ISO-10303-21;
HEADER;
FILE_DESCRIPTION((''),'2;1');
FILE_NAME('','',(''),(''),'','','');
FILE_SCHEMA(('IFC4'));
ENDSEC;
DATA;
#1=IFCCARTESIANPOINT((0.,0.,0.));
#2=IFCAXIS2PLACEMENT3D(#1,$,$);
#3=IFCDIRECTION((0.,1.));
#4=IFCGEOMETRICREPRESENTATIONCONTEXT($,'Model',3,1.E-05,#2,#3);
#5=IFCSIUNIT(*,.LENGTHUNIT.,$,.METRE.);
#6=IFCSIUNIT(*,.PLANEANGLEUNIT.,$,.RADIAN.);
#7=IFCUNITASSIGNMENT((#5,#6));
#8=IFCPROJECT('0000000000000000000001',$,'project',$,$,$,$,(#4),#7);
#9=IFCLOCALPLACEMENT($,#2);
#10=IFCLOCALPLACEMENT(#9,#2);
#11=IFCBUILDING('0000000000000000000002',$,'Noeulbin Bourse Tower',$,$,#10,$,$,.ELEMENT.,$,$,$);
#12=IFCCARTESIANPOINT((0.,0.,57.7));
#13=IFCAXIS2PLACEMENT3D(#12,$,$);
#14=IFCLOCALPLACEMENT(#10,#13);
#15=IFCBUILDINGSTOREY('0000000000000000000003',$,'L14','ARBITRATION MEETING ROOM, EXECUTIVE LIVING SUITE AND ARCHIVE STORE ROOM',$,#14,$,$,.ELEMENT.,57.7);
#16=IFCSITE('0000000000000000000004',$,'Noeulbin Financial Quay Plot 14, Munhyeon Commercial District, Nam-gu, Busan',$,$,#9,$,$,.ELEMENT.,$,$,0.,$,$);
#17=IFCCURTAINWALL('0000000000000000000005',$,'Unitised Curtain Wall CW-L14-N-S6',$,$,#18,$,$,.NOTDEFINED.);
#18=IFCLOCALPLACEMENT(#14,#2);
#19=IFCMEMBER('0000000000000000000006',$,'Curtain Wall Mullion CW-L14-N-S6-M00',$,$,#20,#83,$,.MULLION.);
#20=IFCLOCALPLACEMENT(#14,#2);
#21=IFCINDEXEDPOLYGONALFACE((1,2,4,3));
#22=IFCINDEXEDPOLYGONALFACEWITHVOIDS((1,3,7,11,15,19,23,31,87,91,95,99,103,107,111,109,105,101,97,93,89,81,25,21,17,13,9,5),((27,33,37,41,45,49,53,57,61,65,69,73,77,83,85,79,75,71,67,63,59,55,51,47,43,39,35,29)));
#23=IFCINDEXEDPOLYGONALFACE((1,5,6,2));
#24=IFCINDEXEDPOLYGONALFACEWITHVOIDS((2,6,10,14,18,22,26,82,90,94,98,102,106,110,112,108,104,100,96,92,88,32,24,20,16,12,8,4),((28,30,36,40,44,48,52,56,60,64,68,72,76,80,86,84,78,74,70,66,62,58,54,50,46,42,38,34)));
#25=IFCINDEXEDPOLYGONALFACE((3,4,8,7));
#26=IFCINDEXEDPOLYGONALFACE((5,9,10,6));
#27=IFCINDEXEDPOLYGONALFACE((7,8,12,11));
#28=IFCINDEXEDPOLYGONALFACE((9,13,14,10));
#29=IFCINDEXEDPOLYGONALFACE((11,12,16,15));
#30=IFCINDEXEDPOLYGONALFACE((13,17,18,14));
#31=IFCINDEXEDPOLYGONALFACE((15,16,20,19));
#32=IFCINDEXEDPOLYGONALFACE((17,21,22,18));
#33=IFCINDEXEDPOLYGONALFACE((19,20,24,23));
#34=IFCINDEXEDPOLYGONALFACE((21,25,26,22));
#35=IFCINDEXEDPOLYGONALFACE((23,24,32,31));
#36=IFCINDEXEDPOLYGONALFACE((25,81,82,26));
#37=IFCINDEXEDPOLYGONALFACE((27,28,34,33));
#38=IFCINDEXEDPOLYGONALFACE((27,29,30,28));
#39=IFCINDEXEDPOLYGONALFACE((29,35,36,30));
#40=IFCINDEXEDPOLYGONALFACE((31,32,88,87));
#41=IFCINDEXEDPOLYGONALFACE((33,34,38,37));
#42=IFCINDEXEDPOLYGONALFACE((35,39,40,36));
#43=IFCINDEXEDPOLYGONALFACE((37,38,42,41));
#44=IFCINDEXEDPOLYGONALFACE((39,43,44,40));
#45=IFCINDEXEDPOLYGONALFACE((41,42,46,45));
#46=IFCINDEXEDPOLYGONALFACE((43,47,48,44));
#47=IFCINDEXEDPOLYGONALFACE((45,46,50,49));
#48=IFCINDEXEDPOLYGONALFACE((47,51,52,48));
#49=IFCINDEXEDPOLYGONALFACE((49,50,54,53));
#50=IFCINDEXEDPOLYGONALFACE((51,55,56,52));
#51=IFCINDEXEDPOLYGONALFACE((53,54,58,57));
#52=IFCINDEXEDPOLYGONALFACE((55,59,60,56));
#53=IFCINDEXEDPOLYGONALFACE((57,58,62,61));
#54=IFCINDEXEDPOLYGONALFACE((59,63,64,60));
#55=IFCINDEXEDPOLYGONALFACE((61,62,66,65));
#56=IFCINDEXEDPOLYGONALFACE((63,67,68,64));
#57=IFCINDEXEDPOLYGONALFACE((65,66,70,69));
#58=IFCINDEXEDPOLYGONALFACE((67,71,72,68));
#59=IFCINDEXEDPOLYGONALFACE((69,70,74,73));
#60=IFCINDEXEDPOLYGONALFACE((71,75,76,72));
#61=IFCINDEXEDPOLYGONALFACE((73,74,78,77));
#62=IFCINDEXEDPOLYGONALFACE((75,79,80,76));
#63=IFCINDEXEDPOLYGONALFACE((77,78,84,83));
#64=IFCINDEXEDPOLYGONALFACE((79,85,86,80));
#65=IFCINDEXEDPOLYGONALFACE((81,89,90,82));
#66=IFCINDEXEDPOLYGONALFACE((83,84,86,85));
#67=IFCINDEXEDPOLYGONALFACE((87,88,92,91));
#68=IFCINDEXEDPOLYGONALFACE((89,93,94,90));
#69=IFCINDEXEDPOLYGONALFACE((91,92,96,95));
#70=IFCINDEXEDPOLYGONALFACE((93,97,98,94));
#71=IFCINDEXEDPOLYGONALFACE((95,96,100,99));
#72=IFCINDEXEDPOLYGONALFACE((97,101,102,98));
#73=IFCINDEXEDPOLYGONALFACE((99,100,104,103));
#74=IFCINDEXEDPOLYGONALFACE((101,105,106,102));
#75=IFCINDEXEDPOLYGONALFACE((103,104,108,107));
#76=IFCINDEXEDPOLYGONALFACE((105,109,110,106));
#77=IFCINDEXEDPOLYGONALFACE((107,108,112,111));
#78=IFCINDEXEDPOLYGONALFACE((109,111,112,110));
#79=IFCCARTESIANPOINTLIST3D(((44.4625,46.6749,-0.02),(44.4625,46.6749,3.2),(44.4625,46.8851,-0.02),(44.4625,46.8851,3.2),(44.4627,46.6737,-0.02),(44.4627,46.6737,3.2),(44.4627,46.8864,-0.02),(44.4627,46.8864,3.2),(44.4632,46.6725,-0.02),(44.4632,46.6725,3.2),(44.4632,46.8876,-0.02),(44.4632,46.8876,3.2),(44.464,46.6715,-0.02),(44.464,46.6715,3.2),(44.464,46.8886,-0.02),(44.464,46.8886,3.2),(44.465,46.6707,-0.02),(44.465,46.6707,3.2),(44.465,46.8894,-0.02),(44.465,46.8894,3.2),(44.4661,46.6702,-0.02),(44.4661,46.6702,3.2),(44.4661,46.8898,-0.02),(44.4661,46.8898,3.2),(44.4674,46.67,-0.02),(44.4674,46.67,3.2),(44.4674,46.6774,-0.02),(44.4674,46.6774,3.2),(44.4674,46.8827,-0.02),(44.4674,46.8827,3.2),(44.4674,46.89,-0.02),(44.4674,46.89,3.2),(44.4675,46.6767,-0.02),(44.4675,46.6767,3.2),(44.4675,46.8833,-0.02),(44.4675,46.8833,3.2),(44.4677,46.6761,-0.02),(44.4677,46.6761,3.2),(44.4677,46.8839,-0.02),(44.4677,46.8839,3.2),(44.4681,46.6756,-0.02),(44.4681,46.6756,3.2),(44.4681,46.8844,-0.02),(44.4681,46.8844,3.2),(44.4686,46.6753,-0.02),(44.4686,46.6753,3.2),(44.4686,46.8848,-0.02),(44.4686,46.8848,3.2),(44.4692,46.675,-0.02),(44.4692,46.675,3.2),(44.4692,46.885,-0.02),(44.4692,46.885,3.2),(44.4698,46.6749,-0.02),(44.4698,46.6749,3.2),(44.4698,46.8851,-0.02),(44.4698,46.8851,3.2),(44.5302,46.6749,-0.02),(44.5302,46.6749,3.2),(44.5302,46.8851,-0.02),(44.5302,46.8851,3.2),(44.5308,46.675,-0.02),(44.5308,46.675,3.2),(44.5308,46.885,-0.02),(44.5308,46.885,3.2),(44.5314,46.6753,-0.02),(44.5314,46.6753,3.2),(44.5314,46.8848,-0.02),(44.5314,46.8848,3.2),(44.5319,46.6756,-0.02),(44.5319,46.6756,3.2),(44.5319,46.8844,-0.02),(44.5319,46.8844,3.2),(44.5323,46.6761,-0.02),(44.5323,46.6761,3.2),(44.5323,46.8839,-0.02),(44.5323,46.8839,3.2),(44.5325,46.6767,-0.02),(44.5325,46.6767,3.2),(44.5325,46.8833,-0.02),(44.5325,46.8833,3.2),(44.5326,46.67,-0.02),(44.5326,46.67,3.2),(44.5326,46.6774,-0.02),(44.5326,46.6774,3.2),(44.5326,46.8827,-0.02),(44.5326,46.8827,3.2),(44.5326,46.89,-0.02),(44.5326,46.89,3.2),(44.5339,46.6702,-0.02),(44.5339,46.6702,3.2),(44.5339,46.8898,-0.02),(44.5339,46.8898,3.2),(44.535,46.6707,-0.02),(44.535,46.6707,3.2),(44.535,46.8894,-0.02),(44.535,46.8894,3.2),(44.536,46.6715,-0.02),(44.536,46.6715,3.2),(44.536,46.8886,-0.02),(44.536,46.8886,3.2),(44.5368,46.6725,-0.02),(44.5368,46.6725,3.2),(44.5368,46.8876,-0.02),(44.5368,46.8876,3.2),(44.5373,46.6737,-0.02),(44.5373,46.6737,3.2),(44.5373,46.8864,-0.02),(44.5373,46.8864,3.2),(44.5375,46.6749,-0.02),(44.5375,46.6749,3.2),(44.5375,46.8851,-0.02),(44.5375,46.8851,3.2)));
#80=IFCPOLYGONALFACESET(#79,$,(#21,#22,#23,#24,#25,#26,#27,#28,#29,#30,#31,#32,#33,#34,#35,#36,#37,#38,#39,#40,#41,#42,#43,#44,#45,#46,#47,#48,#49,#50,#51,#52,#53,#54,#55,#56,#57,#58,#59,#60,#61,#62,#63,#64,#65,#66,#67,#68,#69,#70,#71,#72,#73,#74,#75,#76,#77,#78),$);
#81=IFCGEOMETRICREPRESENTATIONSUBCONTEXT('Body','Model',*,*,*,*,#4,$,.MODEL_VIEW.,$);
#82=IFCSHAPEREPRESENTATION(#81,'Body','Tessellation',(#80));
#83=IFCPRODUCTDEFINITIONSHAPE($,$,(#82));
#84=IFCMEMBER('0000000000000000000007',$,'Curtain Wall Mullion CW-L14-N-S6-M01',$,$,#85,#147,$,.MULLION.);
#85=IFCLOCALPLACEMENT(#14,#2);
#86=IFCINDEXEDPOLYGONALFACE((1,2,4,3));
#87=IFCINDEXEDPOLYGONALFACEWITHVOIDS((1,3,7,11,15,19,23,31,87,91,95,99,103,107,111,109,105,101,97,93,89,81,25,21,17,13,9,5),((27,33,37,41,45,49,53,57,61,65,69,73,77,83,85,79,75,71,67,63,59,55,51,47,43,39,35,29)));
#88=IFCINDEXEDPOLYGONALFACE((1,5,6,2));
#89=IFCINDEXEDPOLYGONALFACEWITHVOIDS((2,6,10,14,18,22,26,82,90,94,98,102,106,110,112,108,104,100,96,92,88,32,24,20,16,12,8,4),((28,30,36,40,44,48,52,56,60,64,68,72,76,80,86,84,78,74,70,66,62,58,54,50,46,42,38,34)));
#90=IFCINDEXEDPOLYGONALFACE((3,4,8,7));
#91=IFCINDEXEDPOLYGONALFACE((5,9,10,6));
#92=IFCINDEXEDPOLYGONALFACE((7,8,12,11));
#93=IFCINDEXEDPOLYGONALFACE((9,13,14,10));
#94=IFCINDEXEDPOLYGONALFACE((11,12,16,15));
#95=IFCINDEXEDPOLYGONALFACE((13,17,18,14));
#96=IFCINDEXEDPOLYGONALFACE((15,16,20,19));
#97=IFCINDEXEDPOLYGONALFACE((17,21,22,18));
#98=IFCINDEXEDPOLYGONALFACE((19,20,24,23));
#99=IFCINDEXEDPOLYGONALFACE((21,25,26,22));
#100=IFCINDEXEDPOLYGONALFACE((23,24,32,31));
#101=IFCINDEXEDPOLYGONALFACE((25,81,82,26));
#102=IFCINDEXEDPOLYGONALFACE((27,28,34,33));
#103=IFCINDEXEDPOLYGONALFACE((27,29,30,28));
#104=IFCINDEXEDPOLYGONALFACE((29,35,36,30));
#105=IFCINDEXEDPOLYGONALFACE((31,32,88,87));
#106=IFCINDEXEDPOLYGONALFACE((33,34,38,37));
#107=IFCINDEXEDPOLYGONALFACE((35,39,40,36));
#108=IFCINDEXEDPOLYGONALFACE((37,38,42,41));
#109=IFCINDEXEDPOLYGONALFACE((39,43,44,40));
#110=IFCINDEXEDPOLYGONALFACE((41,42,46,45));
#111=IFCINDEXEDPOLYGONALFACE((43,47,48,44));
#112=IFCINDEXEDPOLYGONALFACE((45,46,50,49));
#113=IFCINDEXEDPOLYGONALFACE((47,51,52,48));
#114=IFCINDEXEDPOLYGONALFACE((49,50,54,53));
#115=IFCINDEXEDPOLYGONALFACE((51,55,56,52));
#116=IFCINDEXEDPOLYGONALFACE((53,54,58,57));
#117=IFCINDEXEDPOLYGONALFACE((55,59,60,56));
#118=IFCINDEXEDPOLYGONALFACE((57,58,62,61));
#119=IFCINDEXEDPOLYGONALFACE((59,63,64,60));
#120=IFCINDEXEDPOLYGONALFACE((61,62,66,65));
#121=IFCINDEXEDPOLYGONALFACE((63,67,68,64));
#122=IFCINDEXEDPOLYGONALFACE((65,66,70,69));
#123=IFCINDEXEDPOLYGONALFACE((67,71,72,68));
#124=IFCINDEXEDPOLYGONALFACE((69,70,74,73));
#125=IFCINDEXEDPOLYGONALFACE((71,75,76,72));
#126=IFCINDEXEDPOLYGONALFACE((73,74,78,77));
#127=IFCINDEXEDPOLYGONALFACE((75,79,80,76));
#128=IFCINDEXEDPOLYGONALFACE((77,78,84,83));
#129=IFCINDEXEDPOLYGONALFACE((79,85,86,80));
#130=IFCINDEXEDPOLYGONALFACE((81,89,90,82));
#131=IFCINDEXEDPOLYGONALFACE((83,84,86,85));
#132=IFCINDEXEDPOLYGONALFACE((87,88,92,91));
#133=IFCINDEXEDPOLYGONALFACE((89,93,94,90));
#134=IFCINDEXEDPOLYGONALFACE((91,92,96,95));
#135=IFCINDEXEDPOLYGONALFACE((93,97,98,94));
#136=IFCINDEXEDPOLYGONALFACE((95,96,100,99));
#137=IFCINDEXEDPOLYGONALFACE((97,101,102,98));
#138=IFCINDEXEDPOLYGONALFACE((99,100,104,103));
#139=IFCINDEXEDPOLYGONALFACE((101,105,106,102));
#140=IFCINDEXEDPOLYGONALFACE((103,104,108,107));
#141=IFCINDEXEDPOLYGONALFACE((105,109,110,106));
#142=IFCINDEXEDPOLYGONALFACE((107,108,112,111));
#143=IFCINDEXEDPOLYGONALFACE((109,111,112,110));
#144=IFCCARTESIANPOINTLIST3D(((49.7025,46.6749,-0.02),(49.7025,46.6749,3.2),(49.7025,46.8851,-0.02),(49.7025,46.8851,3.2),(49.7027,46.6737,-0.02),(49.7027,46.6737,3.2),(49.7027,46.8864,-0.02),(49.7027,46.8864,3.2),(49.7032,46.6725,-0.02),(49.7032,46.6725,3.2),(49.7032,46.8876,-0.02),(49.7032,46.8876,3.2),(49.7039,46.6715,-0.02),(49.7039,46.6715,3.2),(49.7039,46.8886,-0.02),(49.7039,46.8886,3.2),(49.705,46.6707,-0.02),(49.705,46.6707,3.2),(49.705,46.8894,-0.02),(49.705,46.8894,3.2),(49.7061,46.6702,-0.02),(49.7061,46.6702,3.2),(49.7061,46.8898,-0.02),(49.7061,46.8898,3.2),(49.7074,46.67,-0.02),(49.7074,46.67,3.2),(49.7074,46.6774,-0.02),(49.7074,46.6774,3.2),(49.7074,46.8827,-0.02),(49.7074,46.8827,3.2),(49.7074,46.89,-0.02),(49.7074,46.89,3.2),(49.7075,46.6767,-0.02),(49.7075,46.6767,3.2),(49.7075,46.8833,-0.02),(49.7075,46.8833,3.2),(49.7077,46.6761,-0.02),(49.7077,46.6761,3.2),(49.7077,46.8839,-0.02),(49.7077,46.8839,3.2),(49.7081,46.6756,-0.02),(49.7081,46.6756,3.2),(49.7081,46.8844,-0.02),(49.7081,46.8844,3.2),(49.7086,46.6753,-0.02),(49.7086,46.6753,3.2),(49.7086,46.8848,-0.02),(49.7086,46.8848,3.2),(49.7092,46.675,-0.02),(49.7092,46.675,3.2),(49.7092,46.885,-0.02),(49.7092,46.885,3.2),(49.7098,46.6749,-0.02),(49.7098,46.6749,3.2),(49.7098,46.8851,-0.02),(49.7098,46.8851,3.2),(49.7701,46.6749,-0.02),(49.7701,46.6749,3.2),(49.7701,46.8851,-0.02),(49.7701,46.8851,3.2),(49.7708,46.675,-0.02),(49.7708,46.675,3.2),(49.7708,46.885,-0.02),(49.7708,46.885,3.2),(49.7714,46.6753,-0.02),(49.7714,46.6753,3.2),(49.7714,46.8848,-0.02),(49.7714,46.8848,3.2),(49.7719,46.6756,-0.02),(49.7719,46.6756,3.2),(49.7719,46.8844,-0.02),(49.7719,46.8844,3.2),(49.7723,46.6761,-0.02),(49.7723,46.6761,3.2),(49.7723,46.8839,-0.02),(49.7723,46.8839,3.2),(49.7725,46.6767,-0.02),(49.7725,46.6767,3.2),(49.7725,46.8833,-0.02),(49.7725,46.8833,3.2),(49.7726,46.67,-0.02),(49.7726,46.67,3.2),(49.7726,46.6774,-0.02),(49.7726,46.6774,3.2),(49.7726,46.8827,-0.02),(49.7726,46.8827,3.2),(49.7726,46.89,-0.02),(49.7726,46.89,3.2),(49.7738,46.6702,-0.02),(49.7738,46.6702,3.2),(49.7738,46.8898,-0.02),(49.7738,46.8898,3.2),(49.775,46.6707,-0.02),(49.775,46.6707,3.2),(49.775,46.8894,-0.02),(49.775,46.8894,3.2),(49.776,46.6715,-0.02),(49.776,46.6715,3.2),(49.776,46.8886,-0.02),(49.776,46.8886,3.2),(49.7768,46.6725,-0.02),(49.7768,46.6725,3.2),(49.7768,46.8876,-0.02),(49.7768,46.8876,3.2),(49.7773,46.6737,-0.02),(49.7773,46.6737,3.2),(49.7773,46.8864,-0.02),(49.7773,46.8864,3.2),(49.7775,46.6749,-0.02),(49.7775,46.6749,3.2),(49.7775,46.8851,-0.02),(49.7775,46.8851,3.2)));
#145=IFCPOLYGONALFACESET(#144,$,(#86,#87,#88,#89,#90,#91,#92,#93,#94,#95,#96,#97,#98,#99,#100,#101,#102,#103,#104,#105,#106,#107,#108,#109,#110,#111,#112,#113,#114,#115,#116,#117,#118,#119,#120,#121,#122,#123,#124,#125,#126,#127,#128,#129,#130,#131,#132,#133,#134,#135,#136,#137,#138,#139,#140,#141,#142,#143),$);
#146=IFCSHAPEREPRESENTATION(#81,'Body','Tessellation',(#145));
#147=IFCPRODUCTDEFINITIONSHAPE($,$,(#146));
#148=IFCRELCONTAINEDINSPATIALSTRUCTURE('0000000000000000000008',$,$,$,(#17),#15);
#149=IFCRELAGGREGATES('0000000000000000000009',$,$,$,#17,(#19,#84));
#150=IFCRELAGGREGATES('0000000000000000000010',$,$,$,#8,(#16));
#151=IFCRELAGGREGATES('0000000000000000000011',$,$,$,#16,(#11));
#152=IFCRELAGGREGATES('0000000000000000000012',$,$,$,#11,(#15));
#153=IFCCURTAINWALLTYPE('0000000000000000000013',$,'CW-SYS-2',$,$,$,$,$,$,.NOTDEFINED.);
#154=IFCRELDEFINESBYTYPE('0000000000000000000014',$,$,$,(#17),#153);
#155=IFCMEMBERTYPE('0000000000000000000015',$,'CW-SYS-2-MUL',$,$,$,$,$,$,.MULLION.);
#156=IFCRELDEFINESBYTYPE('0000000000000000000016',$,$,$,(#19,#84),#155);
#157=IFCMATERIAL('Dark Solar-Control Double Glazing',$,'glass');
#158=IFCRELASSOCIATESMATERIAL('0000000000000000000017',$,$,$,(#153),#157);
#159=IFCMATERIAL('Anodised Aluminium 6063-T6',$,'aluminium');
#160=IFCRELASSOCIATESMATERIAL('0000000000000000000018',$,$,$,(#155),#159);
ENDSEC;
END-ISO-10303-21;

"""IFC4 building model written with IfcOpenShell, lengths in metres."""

from ifc_helpers import new_model, si_unit, direction, frame, origin, origin_2d, place, context, subcontext, project, spatial, hollow_rectangle, extrude, material, material_profile, profile_set, type_object, element, aggregate, save


model = new_model("IFC4")

# Units and contexts
model_context = context("Model", 3, precision=1e-05, world=origin(), true_north=direction((0.0, 1.0)))
body_context = subcontext(model_context, "Body", "Model", "MODEL_VIEW")
ifc_project = project(units=[si_unit("LENGTHUNIT", "METRE"), si_unit("PLANEANGLEUNIT", "RADIAN")], contexts=[model_context])

# Site, building, storey
site_placement = place(None, origin())
site = spatial("IfcSite", under=ifc_project, at=site_placement, Name="Noeulbin Financial Quay Plot 14, Munhyeon Commercial District, Nam-gu, Busan", CompositionType="ELEMENT", RefElevation=0.0)
building_placement = place(site_placement, origin())
building = spatial("IfcBuilding", under=site, at=building_placement, Name="Noeulbin Bourse Tower", CompositionType="ELEMENT")
storey_placement = place(building_placement, frame((0.0, 0.0, 57.7)))
storey = spatial("IfcBuildingStorey", under=building, at=storey_placement, Name="L14", Description="ARBITRATION MEETING ROOM, EXECUTIVE LIVING SUITE AND ARCHIVE STORE ROOM", CompositionType="ELEMENT", Elevation=57.7)

# Shared definitions
ifc_material_1 = material(Name="Dark Solar-Control Double Glazing", Category="glass")
curtain_wall_type = type_object("IfcCurtainWallType", Name="CW-SYS-2", PredefinedType="NOTDEFINED", material=ifc_material_1)
ifc_material_2 = material(Name="Anodised Aluminium 6063-T6", Category="aluminium")
ifc_material_profile_1 = material_profile(ifc_material_2, hollow_rectangle(XDim=0.075, YDim=0.22, WallThickness=0.0049, InnerFilletRadius=0.0024, OuterFilletRadius=0.0049, at=origin_2d()), Name="ALU-MULL-75x220x5", Category="LoadBearing")
ifc_profile_set_1 = profile_set([ifc_material_profile_1], Name="Anodised Aluminium 6063-T6")
member_type_1 = type_object("IfcMemberType", Name="CW-SYS-2-MUL", PredefinedType="MULLION", material=ifc_profile_set_1)

# Curtain wall, members
curtain_wall_1_placement = place(storey_placement, origin())
curtain_wall_1 = element("IfcCurtainWall", 1, at=curtain_wall_1_placement, inside=storey, type_object=curtain_wall_type, Name="Unitised Curtain Wall CW-L14-N-S6", PredefinedType="NOTDEFINED")
member_1_placement = place(storey_placement, frame((44.5, 46.78, -0.02), z_axis=(0.0, 0.0, 1.0), x_axis=(1.0, 0.0, 0.0)))
member_1 = element("IfcMember", 2, at=member_1_placement, type_object=member_type_1, Name="Curtain Wall Mullion CW-L14-N-S6-M00", PredefinedType="MULLION", context=body_context, shape_type="SweptSolid", body=[
    extrude(hollow_rectangle(XDim=0.075, YDim=0.22, WallThickness=0.0049, InnerFilletRadius=0.0024, OuterFilletRadius=0.0049, at=origin_2d()), origin(), (0.0, 0.0, 1.0), 3.22),
])
member_2_placement = place(storey_placement, frame((49.74, 46.78, -0.02), z_axis=(0.0, 0.0, 1.0), x_axis=(1.0, 0.0, 0.0)))
member_2 = element("IfcMember", 3, at=member_2_placement, type_object=member_type_1, Name="Curtain Wall Mullion CW-L14-N-S6-M01", PredefinedType="MULLION", context=body_context, shape_type="SweptSolid", body=[
    extrude(hollow_rectangle(XDim=0.075, YDim=0.22, WallThickness=0.0049, InnerFilletRadius=0.0024, OuterFilletRadius=0.0049, at=origin_2d()), origin(), (0.0, 0.0, 1.0), 3.22),
])

aggregate(curtain_wall_1, [member_1, member_2])

save(model, "model.ifc")
